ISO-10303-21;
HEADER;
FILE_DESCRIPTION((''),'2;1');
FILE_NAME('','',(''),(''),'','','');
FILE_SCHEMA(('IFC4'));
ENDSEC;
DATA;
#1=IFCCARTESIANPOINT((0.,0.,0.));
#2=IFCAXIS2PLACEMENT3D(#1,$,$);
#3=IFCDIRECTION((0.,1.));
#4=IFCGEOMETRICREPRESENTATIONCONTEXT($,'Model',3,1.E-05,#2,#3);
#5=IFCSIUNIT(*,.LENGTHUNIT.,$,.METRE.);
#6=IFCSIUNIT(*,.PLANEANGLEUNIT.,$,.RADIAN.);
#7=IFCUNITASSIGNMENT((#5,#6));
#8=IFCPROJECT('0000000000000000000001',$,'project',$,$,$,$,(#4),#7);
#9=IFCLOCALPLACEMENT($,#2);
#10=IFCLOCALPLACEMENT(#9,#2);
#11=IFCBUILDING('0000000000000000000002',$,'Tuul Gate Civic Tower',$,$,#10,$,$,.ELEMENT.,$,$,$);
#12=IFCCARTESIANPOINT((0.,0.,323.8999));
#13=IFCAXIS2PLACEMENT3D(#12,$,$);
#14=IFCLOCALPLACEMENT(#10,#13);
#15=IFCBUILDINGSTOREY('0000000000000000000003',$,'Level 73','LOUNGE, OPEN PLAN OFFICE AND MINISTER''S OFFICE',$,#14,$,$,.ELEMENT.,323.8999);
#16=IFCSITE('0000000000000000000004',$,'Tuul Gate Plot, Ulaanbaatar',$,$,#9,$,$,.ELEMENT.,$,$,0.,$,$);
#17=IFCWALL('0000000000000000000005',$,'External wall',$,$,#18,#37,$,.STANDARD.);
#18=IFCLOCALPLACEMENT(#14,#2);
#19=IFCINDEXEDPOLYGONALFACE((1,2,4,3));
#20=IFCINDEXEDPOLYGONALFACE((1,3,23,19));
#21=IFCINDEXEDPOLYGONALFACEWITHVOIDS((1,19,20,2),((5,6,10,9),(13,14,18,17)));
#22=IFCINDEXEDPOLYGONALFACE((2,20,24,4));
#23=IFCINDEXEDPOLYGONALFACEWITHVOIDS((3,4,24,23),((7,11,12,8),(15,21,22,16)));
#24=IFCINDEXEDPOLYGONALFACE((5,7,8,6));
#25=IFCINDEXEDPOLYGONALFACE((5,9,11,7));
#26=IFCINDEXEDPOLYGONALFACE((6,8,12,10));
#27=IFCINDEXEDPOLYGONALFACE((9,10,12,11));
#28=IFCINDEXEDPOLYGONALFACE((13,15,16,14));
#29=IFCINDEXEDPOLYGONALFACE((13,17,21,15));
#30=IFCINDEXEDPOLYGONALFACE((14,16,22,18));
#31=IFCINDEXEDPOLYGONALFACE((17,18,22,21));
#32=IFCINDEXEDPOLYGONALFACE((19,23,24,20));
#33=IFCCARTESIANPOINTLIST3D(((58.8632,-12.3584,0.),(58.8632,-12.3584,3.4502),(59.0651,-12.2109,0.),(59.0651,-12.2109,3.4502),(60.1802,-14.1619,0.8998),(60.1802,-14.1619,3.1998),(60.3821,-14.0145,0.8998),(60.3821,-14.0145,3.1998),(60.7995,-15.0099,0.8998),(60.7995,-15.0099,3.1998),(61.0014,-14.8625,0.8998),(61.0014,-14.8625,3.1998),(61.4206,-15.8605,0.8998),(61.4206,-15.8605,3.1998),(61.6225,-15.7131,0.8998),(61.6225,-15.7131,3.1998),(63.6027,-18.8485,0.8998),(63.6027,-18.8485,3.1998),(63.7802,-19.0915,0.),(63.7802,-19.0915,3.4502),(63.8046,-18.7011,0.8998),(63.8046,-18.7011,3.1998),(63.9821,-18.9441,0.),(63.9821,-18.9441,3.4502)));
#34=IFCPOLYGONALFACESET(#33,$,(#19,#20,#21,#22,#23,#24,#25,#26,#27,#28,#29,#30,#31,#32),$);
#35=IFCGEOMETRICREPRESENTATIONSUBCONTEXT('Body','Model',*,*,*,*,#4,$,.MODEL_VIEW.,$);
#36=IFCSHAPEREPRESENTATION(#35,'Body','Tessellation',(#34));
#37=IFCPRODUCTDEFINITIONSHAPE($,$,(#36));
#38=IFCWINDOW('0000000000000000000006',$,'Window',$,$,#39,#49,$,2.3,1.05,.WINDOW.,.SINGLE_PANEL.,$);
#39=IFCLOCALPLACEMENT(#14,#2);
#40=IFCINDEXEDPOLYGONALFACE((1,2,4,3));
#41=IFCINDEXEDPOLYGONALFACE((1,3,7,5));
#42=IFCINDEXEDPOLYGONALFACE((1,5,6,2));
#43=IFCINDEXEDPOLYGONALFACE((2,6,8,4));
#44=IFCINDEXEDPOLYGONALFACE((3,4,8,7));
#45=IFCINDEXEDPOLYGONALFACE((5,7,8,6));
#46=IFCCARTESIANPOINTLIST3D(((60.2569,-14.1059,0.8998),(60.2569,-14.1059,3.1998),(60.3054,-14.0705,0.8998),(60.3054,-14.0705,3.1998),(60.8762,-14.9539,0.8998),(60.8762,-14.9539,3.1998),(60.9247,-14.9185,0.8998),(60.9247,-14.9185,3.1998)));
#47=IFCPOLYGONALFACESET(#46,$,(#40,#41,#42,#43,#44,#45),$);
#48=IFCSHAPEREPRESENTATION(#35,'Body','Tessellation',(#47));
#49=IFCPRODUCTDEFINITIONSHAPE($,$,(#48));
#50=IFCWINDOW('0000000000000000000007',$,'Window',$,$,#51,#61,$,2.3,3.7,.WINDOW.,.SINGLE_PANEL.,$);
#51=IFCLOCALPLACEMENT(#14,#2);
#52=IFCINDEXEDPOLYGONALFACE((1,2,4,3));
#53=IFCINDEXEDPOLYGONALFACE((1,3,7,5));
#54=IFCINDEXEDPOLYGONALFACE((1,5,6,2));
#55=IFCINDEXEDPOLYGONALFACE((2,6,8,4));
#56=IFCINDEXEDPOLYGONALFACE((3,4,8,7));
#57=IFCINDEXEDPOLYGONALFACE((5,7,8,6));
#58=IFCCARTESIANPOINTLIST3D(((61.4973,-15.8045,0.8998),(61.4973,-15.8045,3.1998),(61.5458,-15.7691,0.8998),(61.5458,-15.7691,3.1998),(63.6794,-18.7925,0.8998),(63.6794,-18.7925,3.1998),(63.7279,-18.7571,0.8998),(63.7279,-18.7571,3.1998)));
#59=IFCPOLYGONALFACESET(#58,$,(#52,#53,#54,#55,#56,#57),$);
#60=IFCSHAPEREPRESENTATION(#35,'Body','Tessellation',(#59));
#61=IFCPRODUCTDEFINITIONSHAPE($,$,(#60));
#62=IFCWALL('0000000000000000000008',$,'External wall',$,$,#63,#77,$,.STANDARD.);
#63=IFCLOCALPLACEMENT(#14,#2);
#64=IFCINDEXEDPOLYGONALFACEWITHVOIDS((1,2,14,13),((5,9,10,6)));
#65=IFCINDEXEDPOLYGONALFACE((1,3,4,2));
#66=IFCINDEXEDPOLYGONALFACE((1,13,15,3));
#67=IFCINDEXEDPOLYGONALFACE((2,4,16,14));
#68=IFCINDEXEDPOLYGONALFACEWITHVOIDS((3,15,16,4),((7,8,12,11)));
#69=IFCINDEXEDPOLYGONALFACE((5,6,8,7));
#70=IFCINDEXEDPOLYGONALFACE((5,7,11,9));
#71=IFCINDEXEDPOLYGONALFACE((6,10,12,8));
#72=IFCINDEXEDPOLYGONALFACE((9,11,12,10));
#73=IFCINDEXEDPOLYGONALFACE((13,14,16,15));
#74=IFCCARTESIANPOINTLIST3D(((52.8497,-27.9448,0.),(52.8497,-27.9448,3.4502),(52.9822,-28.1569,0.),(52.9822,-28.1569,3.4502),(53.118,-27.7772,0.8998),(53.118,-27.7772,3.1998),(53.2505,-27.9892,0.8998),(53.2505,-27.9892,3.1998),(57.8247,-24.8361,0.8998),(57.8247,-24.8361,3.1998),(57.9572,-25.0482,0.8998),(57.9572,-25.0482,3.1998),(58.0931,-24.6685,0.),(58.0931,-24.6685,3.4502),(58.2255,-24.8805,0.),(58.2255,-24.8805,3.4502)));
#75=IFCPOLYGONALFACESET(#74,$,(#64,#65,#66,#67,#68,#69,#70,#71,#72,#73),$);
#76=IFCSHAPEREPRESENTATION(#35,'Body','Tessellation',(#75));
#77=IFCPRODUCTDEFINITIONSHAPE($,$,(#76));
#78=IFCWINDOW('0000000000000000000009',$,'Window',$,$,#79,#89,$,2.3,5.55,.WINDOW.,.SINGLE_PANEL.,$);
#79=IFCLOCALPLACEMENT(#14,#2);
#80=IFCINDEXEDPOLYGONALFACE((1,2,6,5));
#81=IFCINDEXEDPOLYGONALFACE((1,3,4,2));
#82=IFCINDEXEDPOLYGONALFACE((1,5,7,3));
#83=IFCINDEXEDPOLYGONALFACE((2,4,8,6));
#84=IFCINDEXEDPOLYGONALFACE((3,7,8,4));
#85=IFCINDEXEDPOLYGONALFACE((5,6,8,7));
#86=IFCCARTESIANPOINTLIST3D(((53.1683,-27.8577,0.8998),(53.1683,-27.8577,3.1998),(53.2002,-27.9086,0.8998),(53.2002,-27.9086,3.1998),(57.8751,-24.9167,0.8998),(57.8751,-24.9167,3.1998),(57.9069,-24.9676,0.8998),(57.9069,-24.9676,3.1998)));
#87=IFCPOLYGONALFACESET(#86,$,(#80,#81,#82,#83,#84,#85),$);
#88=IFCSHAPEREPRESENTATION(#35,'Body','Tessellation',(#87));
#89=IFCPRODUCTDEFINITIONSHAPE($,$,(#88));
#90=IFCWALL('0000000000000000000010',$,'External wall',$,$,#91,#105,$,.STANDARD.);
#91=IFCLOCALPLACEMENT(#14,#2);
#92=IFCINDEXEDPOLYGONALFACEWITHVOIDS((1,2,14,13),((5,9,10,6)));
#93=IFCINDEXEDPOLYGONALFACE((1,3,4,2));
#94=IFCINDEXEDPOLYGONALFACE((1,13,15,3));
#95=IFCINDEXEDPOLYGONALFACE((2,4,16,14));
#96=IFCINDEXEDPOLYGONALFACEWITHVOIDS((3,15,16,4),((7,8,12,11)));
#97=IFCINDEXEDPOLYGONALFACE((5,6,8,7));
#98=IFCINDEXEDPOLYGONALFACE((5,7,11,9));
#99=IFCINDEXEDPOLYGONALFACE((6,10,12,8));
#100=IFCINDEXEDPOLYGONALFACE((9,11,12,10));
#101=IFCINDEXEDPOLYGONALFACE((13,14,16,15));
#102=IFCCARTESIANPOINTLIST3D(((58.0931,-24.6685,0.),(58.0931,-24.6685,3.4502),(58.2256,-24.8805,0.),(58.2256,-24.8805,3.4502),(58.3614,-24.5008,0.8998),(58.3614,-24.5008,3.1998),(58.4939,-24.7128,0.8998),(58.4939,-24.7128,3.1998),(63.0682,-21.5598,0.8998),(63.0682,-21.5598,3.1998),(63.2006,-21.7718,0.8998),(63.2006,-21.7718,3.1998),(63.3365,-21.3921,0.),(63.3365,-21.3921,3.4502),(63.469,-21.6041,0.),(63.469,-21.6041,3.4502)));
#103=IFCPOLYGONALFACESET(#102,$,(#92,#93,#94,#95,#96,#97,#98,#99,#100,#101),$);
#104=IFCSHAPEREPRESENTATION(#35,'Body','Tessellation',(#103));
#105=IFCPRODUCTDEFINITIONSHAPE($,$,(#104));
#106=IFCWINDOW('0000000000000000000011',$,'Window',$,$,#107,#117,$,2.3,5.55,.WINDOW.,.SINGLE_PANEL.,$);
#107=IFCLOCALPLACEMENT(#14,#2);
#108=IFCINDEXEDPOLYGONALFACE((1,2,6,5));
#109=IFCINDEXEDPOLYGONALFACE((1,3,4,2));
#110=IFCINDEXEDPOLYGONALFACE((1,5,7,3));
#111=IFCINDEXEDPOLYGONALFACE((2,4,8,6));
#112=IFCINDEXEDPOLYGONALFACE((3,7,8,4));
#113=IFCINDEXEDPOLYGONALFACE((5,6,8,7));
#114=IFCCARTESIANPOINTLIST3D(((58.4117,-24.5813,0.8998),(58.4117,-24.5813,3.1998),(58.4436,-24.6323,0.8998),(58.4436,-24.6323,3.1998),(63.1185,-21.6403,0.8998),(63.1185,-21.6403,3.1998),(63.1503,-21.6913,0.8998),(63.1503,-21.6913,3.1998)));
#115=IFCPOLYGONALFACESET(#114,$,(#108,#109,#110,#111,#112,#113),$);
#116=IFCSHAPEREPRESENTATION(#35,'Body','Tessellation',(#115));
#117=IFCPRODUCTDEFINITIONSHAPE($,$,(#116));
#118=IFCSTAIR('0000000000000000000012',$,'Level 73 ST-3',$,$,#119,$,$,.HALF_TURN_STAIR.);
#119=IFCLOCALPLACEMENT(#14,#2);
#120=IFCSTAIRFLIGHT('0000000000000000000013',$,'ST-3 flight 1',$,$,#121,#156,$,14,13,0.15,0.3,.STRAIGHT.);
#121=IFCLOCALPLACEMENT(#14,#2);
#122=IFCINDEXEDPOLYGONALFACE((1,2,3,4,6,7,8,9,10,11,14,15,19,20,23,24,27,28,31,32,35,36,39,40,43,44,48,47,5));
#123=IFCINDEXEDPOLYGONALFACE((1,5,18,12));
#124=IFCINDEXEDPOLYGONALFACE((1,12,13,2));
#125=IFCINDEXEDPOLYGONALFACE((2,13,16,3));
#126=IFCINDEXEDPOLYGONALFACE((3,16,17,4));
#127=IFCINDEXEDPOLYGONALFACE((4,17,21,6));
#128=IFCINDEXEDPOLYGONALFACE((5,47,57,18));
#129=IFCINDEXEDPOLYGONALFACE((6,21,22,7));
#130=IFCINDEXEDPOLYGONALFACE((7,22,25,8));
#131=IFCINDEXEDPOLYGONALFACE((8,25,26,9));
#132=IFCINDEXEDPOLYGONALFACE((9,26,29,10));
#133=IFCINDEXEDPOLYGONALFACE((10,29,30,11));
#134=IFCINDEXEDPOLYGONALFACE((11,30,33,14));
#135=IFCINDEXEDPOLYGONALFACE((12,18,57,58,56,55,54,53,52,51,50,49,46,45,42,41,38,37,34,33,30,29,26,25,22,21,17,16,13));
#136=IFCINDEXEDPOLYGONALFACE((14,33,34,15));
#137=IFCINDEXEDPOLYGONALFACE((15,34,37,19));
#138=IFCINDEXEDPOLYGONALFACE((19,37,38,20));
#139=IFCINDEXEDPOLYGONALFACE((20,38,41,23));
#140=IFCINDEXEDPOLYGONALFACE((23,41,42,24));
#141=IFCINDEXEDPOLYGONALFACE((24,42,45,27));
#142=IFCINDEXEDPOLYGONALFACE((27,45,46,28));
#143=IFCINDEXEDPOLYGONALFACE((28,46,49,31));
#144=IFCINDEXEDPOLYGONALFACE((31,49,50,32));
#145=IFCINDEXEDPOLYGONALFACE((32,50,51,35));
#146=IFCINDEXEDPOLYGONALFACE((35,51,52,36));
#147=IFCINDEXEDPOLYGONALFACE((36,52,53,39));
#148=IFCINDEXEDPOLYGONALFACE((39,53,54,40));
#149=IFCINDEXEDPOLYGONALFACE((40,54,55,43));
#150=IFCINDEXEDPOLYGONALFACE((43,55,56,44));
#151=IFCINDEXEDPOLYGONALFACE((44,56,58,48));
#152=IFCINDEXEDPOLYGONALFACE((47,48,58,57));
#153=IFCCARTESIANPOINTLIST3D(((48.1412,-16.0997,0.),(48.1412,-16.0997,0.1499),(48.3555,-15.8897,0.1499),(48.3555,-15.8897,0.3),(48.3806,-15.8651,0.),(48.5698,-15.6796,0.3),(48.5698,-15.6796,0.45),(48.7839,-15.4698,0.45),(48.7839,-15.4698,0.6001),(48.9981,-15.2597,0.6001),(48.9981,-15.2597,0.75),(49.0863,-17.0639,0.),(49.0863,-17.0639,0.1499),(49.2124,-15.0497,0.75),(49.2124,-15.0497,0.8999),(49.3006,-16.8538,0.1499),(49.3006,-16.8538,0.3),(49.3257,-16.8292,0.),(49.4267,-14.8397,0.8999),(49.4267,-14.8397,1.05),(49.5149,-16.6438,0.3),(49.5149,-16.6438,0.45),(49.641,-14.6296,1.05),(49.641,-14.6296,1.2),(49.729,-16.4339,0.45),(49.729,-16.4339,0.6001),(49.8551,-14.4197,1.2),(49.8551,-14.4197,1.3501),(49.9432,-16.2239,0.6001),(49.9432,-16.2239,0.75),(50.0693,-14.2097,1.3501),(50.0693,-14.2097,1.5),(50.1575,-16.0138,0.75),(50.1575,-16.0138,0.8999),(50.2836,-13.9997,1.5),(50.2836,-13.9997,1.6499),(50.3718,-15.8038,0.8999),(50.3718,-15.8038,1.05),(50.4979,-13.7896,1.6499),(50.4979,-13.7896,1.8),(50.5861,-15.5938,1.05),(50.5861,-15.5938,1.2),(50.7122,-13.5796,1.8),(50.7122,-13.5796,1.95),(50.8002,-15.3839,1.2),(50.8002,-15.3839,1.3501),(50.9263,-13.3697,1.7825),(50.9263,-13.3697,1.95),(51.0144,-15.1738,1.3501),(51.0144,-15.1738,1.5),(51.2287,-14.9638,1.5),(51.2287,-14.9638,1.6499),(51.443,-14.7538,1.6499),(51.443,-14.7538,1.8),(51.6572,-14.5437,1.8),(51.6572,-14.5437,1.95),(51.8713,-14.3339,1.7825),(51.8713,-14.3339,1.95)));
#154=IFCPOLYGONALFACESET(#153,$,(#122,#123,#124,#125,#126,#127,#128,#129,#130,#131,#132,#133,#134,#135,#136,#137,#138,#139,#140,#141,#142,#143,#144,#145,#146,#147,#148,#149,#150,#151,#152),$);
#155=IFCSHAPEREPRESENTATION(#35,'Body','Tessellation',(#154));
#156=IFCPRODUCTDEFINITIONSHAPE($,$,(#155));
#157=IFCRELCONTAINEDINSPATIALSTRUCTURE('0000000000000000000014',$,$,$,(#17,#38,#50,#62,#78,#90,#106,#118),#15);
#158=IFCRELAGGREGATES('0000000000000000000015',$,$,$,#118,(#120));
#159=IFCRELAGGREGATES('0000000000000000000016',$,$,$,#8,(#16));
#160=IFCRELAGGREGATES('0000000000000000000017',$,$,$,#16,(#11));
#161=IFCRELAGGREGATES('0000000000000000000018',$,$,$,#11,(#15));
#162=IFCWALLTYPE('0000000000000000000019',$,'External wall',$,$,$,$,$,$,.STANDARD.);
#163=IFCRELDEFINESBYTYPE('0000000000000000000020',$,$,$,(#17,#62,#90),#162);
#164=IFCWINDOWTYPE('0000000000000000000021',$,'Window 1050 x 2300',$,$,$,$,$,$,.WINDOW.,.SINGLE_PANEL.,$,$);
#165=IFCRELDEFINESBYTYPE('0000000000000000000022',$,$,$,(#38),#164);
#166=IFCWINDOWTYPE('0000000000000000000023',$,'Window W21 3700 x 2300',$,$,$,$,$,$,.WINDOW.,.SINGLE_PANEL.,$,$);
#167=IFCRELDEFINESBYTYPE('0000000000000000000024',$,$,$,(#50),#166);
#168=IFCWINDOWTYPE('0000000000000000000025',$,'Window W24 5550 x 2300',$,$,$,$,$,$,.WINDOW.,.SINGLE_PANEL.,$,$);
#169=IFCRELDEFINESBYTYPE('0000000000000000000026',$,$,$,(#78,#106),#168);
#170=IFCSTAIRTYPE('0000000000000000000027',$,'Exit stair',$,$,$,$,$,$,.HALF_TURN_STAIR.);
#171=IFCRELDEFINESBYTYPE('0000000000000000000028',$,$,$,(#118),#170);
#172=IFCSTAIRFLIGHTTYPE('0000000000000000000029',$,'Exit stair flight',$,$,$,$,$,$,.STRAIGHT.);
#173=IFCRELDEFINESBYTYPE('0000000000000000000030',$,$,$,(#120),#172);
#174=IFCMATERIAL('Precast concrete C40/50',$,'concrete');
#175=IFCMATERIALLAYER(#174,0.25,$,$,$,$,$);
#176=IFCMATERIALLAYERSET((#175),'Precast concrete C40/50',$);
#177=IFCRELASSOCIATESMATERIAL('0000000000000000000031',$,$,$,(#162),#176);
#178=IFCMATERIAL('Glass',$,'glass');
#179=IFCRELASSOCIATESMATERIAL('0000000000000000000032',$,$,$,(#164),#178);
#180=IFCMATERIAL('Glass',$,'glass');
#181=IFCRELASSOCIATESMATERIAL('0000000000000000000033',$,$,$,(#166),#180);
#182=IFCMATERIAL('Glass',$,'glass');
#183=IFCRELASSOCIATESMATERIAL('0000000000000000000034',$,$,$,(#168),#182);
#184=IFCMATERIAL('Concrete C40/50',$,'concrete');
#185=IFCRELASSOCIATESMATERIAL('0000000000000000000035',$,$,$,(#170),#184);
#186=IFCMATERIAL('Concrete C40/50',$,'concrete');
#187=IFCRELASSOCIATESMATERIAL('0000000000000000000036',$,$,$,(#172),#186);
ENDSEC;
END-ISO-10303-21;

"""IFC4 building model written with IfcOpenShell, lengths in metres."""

from ifc_helpers import new_model, si_unit, direction, frame, frame_2d, origin, place, context, subcontext, project, spatial, polyline, rectangle, outline, extrude, material, layer, layer_set, type_object, element, fill, aggregate, save


model = new_model("IFC4")

# Units and contexts
model_context = context("Model", 3, precision=1e-05, world=origin(), true_north=direction((0.0, 1.0)))
body_context = subcontext(model_context, "Body", "Model", "MODEL_VIEW")
ifc_project = project(units=[si_unit("LENGTHUNIT", "METRE"), si_unit("PLANEANGLEUNIT", "RADIAN")], contexts=[model_context])

# Site, building, storey
site_placement = place(None, origin())
site = spatial("IfcSite", under=ifc_project, at=site_placement, Name="Tuul Gate Plot, Ulaanbaatar", CompositionType="ELEMENT", RefElevation=0.0)
building_placement = place(site_placement, origin())
building = spatial("IfcBuilding", under=site, at=building_placement, Name="Tuul Gate Civic Tower", CompositionType="ELEMENT")
storey_placement = place(building_placement, frame((0.0, 0.0, 323.8999)))
storey = spatial("IfcBuildingStorey", under=building, at=storey_placement, Name="Level 73", Description="LOUNGE, OPEN PLAN OFFICE AND MINISTER'S OFFICE", CompositionType="ELEMENT", Elevation=323.8999)

# Shared definitions
ifc_material_1 = material(Name="Precast concrete C40/50", Category="concrete")
ifc_layer_1 = layer(ifc_material_1, 0.25)
ifc_layer_set_1 = layer_set([ifc_layer_1], Name="Precast concrete C40/50")
wall_type_1 = type_object("IfcWallType", Name="External wall", PredefinedType="STANDARD", material=ifc_layer_set_1)

# Wall, openings, windows
wall_1_placement = place(storey_placement, frame((63.8811, -19.0178, 0.0), z_axis=(0.0, 0.0, 1.0), x_axis=(-0.589752, 0.807585, 0.0)))
wall_1 = element("IfcWall", 1, at=wall_1_placement, inside=storey, type_object=wall_type_1, Name="External wall", PredefinedType="STANDARD", context=body_context, shape_type="SweptSolid", body=[
    extrude(rectangle(XDim=8.3374, YDim=0.25, at=frame_2d((4.1687, 0.0))), origin(), (0.0, 0.0, 1.0), 3.4502),
])
opening_1_placement = place(wall_1_placement, frame((0.3008, 0.0, 0.8999)))
opening_1 = element("IfcOpeningElement", 2, at=opening_1_placement, cuts=wall_1, PredefinedType="OPENING", context=body_context, shape_type="SweptSolid", body=[
    extrude(rectangle(XDim=3.7, YDim=2.3, at=frame_2d((1.8501, 1.1499))), frame((0.0, 0.135, 0.0), z_axis=(0.0, -1.0, 0.0), x_axis=(1.0, 0.0, 0.0)), (0.0, 0.0, 1.0), 0.27),
])
opening_2_placement = place(wall_1_placement, frame((5.0542, 0.0, 0.8999)))
opening_2 = element("IfcOpeningElement", 3, at=opening_2_placement, cuts=wall_1, PredefinedType="OPENING", context=body_context, shape_type="SweptSolid", body=[
    extrude(rectangle(XDim=1.05, YDim=2.3, at=frame_2d((0.5249, 1.1499))), frame((0.0, 0.135, 0.0), z_axis=(0.0, -1.0, 0.0), x_axis=(1.0, 0.0, 0.0)), (0.0, 0.0, 1.0), 0.27),
])
ifc_material_2 = material(Name="Glass", Category="glass")
window_type_1 = type_object("IfcWindowType", Name="Window 1050 x 2300", PartitioningType="SINGLE_PANEL", PredefinedType="WINDOW", material=ifc_material_2)
window_1_placement = place(opening_2_placement, origin())
window_1 = element("IfcWindow", 4, at=window_1_placement, inside=storey, type_object=window_type_1, Name="Window", OverallHeight=2.3, OverallWidth=1.05, PartitioningType="SINGLE_PANEL", PredefinedType="WINDOW", context=body_context, shape_type="SweptSolid", body=[
    extrude(rectangle(XDim=1.05, YDim=2.3, at=frame_2d((0.5249, 1.1499))), frame((0.0, 0.03, 0.0), z_axis=(0.0, -1.0, 0.0), x_axis=(1.0, 0.0, 0.0)), (0.0, 0.0, 1.0), 0.0601),
])
fill(opening_2, window_1)
ifc_material_3 = material(Name="Glass", Category="glass")
window_type_2 = type_object("IfcWindowType", Name="Window W21 3700 x 2300", PartitioningType="SINGLE_PANEL", PredefinedType="WINDOW", material=ifc_material_3)
window_2_placement = place(opening_1_placement, origin())
window_2 = element("IfcWindow", 5, at=window_2_placement, inside=storey, type_object=window_type_2, Name="Window", OverallHeight=2.3, OverallWidth=3.7, PartitioningType="SINGLE_PANEL", PredefinedType="WINDOW", context=body_context, shape_type="SweptSolid", body=[
    extrude(rectangle(XDim=3.7, YDim=2.3, at=frame_2d((1.8501, 1.1499))), frame((0.0, 0.03, 0.0), z_axis=(0.0, -1.0, 0.0), x_axis=(1.0, 0.0, 0.0)), (0.0, 0.0, 1.0), 0.0601),
])
fill(opening_1, window_2)

# Walls, openings, windows
wall_2_placement = place(storey_placement, frame((52.916, -28.0508, 0.0), z_axis=(0.0, 0.0, 1.0), x_axis=(0.848054, 0.52991, 0.0)))
wall_2 = element("IfcWall", 6, at=wall_2_placement, inside=storey, type_object=wall_type_1, Name="External wall", PredefinedType="STANDARD", context=body_context, shape_type="SweptSolid", body=[
    extrude(rectangle(XDim=6.1829, YDim=0.25, at=frame_2d((3.0913, 0.0))), origin(), (0.0, 0.0, 1.0), 3.4502),
])
opening_3_placement = place(wall_2_placement, frame((0.3164, 0.0, 0.8999)))
opening_3 = element("IfcOpeningElement", 7, at=opening_3_placement, cuts=wall_2, PredefinedType="OPENING", context=body_context, shape_type="SweptSolid", body=[
    extrude(rectangle(XDim=5.55, YDim=2.3, at=frame_2d((2.7749, 1.1499))), frame((0.0, 0.135, 0.0), z_axis=(0.0, -1.0, 0.0), x_axis=(1.0, 0.0, 0.0)), (0.0, 0.0, 1.0), 0.27),
])
ifc_material_4 = material(Name="Glass", Category="glass")
window_type_3 = type_object("IfcWindowType", Name="Window W24 5550 x 2300", PartitioningType="SINGLE_PANEL", PredefinedType="WINDOW", material=ifc_material_4)
window_3_placement = place(opening_3_placement, origin())
window_3 = element("IfcWindow", 8, at=window_3_placement, inside=storey, type_object=window_type_3, Name="Window", OverallHeight=2.3, OverallWidth=5.55, PartitioningType="SINGLE_PANEL", PredefinedType="WINDOW", context=body_context, shape_type="SweptSolid", body=[
    extrude(rectangle(XDim=5.55, YDim=2.3, at=frame_2d((2.7749, 1.1499))), frame((0.0, 0.03, 0.0), z_axis=(0.0, -1.0, 0.0), x_axis=(1.0, 0.0, 0.0)), (0.0, 0.0, 1.0), 0.0601),
])
fill(opening_3, window_3)
wall_3_placement = place(storey_placement, frame((58.1594, -24.7744, 0.0), z_axis=(0.0, 0.0, 1.0), x_axis=(0.848054, 0.52991, 0.0)))
wall_3 = element("IfcWall", 9, at=wall_3_placement, inside=storey, type_object=wall_type_1, Name="External wall", PredefinedType="STANDARD", context=body_context, shape_type="SweptSolid", body=[
    extrude(rectangle(XDim=6.1829, YDim=0.25, at=frame_2d((3.0913, 0.0))), origin(), (0.0, 0.0, 1.0), 3.4502),
])
opening_4_placement = place(wall_3_placement, frame((0.3164, 0.0, 0.8999)))
opening_4 = element("IfcOpeningElement", 10, at=opening_4_placement, cuts=wall_3, PredefinedType="OPENING", context=body_context, shape_type="SweptSolid", body=[
    extrude(rectangle(XDim=5.55, YDim=2.3, at=frame_2d((2.7749, 1.1499))), frame((0.0, 0.135, 0.0), z_axis=(0.0, -1.0, 0.0), x_axis=(1.0, 0.0, 0.0)), (0.0, 0.0, 1.0), 0.27),
])
window_4_placement = place(opening_4_placement, origin())
window_4 = element("IfcWindow", 11, at=window_4_placement, inside=storey, type_object=window_type_3, Name="Window", OverallHeight=2.3, OverallWidth=5.55, PartitioningType="SINGLE_PANEL", PredefinedType="WINDOW", context=body_context, shape_type="SweptSolid", body=[
    extrude(rectangle(XDim=5.55, YDim=2.3, at=frame_2d((2.7749, 1.1499))), frame((0.0, 0.03, 0.0), z_axis=(0.0, -1.0, 0.0), x_axis=(1.0, 0.0, 0.0)), (0.0, 0.0, 1.0), 0.0601),
])
fill(opening_4, window_4)

# Stair, stair flight
ifc_material_5 = material(Name="Concrete C40/50", Category="concrete")
stair_type = type_object("IfcStairType", Name="Exit stair", PredefinedType="HALF_TURN_STAIR", material=ifc_material_5)
stair_placement = place(storey_placement, origin())
stair = element("IfcStair", 12, at=stair_placement, inside=storey, type_object=stair_type, Name="Level 73 ST-3", PredefinedType="HALF_TURN_STAIR")
ifc_material_6 = material(Name="Concrete C40/50", Category="concrete")
stair_flight_type = type_object("IfcStairFlightType", Name="Exit stair flight", PredefinedType="STRAIGHT", material=ifc_material_6)
stair_flight_placement = place(storey_placement, frame((48.6138, -16.5818, 0.0), z_axis=(0.0, 0.0, 1.0), x_axis=(0.714127, 0.700016, 0.0)))
stair_flight = element("IfcStairFlight", 13, at=stair_flight_placement, type_object=stair_flight_type, Name="ST-3 flight 1", NumberOfRisers=14, NumberOfTreads=13, PredefinedType="STRAIGHT", RiserHeight=0.15, TreadLength=0.3, context=body_context, shape_type="SweptSolid", body=[
    extrude(outline(polyline([(0.0, 0.0), (0.0, 0.1499), (0.3, 0.1499), (0.3, 0.3), (0.6001, 0.3), (0.6001, 0.45), (0.8999, 0.45), (0.8999, 0.6001), (1.2, 0.6001), (1.2, 0.75), (1.5, 0.75), (1.5, 0.8999), (1.8, 0.8999), (1.8, 1.05), (2.1001, 1.05), (2.1001, 1.2), (2.3999, 1.2), (2.3999, 1.3501), (2.7, 1.3501), (2.7, 1.5), (3.0, 1.5), (3.0, 1.6499), (3.3, 1.6499), (3.3, 1.8), (3.6001, 1.8), (3.6001, 1.95), (3.8999, 1.95), (3.8999, 2.1001), (3.8999, 1.7825), (0.3352, 0.0), (0.0, 0.0)])), frame((0.0, 0.675, 0.0), z_axis=(0.0, -1.0, 0.0), x_axis=(1.0, 0.0, 0.0)), (0.0, 0.0, 1.0), 1.3501),
])
aggregate(stair, [stair_flight])

save(model, "model.ifc")
